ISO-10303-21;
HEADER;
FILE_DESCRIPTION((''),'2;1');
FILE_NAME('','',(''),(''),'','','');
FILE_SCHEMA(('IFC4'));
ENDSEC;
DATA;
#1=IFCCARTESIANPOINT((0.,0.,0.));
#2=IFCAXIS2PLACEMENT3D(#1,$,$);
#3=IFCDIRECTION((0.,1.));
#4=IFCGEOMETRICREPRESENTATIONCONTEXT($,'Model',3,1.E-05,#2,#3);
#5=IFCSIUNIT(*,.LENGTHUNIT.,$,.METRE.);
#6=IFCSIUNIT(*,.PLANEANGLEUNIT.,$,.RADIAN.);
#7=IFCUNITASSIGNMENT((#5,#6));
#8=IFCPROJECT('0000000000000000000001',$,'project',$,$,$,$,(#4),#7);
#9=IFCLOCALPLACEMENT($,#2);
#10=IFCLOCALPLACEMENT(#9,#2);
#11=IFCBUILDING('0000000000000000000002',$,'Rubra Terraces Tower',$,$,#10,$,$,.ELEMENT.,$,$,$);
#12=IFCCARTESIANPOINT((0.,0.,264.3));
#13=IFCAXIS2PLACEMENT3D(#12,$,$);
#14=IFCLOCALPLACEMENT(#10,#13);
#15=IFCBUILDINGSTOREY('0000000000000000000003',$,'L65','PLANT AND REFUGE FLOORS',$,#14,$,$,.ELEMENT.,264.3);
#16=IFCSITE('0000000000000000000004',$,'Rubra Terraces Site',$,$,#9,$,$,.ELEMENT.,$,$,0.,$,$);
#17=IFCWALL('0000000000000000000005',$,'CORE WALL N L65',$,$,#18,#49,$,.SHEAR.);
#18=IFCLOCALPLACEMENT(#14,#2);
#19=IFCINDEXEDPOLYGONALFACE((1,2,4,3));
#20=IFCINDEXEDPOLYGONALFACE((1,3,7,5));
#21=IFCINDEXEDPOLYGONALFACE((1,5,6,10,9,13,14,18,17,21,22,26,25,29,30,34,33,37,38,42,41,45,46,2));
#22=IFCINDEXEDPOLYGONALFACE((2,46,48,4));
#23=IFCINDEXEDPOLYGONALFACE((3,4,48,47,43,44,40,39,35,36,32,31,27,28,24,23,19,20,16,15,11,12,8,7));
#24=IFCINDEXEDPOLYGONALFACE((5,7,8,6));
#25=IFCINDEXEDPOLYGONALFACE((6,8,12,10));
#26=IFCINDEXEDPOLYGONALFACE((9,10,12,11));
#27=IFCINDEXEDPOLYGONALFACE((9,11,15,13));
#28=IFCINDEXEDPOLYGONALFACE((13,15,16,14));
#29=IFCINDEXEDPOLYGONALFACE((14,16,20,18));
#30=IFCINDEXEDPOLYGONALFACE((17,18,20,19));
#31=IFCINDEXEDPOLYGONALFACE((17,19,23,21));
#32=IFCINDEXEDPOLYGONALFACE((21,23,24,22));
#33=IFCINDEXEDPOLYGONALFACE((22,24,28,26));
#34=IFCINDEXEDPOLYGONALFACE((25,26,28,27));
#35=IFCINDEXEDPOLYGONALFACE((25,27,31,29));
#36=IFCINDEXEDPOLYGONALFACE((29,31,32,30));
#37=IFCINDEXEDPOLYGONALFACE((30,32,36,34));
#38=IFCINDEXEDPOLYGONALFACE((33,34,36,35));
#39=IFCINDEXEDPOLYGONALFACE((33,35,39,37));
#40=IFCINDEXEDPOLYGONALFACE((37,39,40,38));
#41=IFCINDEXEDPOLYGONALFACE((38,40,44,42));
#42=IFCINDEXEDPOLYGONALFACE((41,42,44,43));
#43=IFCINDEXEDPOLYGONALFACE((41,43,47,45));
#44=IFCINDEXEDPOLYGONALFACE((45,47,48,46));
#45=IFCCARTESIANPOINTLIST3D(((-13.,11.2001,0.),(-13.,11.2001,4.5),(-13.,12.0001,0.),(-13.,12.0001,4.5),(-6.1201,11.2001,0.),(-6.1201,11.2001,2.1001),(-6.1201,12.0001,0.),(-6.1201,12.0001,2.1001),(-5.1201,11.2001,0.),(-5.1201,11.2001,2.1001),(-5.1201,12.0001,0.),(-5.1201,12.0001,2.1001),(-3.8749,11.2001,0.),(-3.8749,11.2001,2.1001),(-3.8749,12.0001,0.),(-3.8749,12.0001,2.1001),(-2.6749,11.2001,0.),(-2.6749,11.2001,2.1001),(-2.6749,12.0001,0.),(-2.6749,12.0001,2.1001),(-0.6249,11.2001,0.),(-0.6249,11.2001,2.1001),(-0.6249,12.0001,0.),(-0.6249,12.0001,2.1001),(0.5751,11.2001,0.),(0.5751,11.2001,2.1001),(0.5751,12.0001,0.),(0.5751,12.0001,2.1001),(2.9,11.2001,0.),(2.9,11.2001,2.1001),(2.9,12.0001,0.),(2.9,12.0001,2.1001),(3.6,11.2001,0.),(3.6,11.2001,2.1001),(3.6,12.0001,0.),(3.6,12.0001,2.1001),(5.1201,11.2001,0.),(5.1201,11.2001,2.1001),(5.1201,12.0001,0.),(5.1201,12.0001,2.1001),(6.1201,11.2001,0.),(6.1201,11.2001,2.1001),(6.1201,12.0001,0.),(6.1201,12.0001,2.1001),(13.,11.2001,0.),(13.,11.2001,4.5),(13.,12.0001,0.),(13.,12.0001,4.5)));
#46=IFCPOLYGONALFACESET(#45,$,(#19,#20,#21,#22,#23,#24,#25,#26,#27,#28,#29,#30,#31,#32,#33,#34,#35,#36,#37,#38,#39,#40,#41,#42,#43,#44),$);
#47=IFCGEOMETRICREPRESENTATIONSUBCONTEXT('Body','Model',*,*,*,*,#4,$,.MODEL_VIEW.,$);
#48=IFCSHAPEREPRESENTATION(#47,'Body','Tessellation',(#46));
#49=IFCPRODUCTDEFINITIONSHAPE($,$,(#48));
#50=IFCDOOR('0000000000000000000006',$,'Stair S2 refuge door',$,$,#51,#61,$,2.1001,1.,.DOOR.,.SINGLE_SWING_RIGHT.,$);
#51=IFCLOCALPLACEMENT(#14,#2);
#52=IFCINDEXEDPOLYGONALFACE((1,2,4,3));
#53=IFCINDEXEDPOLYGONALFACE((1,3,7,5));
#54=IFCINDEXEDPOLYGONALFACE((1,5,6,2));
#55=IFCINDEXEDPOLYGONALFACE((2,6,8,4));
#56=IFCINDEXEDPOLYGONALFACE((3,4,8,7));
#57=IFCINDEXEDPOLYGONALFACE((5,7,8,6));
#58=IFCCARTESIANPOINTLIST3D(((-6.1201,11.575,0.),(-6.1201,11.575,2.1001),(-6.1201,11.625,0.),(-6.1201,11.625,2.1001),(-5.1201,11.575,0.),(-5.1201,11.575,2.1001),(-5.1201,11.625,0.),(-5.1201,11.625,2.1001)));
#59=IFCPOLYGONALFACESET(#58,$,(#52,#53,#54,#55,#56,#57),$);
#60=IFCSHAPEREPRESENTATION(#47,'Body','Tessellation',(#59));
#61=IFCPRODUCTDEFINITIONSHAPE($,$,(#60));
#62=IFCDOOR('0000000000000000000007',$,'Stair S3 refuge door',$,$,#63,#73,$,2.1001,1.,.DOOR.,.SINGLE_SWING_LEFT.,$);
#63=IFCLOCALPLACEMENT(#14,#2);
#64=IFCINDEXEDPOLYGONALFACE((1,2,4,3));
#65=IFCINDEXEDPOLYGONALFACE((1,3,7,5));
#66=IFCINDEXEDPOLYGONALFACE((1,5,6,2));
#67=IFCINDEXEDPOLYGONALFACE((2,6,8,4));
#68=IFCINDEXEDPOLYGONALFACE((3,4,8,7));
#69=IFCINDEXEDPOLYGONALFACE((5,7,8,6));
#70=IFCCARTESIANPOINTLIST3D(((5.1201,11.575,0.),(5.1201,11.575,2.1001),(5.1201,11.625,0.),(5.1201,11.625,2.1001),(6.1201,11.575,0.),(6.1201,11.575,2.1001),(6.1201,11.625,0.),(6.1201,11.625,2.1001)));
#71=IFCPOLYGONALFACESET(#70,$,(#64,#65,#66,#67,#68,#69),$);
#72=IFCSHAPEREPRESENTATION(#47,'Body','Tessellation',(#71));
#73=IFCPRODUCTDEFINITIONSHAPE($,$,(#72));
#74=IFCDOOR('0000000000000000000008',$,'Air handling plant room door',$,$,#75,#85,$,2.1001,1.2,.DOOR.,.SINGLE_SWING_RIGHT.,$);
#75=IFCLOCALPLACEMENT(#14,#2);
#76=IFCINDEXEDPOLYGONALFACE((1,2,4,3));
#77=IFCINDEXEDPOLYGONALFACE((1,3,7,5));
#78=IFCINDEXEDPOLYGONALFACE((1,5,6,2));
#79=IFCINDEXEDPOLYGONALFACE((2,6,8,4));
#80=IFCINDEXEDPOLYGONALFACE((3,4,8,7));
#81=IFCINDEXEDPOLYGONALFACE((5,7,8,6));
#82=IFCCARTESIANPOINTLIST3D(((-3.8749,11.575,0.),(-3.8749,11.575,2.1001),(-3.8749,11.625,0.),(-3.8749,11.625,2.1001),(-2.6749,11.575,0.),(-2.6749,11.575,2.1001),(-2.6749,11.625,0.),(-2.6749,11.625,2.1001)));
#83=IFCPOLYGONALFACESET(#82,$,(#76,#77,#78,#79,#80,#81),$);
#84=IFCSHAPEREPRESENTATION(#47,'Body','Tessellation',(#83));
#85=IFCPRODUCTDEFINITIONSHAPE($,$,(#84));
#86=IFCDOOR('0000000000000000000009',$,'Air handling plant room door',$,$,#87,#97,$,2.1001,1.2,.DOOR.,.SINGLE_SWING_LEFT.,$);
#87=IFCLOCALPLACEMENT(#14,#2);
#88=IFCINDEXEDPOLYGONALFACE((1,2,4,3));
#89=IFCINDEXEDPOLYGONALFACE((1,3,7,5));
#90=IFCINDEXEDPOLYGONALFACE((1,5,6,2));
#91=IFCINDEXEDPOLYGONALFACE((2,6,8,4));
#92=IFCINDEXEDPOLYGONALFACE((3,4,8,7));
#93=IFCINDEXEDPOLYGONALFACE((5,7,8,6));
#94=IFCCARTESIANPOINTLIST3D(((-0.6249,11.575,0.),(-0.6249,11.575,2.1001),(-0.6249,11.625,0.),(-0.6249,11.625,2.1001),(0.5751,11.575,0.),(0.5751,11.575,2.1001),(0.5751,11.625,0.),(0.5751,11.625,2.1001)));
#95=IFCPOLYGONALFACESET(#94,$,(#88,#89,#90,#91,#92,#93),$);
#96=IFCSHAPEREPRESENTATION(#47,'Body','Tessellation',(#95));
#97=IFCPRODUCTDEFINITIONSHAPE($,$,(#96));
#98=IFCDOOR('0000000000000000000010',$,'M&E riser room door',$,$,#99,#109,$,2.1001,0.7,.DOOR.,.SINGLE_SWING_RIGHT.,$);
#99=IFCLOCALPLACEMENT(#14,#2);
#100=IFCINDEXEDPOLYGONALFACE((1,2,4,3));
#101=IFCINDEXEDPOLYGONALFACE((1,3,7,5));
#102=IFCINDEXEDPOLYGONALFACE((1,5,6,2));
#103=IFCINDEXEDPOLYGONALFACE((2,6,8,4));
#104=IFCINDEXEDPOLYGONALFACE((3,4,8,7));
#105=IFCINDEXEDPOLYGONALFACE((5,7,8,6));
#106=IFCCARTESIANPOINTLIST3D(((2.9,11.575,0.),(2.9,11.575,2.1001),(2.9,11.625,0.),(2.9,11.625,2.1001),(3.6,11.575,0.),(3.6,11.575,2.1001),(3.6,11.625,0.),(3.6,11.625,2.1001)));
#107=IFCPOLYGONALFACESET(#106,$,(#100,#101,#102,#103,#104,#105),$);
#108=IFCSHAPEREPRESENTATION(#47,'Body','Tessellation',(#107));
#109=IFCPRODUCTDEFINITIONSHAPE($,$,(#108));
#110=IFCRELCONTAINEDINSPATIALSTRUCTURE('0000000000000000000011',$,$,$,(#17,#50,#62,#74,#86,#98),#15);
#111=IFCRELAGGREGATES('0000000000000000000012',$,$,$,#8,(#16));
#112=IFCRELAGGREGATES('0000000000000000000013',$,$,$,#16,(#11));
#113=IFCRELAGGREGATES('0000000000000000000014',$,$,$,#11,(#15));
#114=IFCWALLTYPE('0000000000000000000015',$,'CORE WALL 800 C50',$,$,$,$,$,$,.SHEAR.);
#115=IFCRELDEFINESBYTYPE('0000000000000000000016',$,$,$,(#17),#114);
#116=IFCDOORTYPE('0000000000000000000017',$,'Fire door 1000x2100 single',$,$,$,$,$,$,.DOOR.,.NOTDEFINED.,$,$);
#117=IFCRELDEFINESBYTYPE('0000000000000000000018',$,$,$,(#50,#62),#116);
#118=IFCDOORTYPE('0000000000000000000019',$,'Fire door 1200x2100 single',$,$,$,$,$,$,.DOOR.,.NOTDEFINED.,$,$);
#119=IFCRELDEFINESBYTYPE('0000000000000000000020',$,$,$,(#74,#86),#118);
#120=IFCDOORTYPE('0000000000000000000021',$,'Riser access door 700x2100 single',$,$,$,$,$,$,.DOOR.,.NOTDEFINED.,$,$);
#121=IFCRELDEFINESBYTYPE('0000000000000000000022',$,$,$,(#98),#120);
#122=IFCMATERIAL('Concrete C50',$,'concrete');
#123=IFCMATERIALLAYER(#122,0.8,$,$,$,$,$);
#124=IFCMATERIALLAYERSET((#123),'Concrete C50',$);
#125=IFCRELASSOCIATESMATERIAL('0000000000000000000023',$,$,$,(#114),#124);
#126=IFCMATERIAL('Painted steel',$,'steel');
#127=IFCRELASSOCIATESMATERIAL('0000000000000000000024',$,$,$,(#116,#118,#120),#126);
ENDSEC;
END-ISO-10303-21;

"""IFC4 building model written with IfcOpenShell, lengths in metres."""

from ifc_helpers import new_model, si_unit, direction, frame, frame_2d, origin, place, context, subcontext, project, spatial, rectangle, extrude, material, layer, layer_set, type_object, element, fill, save


model = new_model("IFC4")

# Units and contexts
model_context = context("Model", 3, precision=1e-05, world=origin(), true_north=direction((0.0, 1.0)))
body_context = subcontext(model_context, "Body", "Model", "MODEL_VIEW")
ifc_project = project(units=[si_unit("LENGTHUNIT", "METRE"), si_unit("PLANEANGLEUNIT", "RADIAN")], contexts=[model_context])

# Site, building, storey
site_placement = place(None, origin())
site = spatial("IfcSite", under=ifc_project, at=site_placement, Name="Rubra Terraces Site", CompositionType="ELEMENT", RefElevation=0.0)
building_placement = place(site_placement, origin())
building = spatial("IfcBuilding", under=site, at=building_placement, Name="Rubra Terraces Tower", CompositionType="ELEMENT")
storey_placement = place(building_placement, frame((0.0, 0.0, 264.3)))
storey = spatial("IfcBuildingStorey", under=building, at=storey_placement, Name="L65", Description="PLANT AND REFUGE FLOORS", CompositionType="ELEMENT", Elevation=264.3)

# Shared definitions
ifc_material_1 = material(Name="Concrete C50", Category="concrete")

# Wall, openings, doors
ifc_layer_1 = layer(ifc_material_1, 0.8)
ifc_layer_set_1 = layer_set([ifc_layer_1], Name="Concrete C50")
wall_type_1 = type_object("IfcWallType", Name="CORE WALL 800 C50", PredefinedType="SHEAR", material=ifc_layer_set_1)
wall_1_placement = place(storey_placement, frame((-13.0, 11.6001, 0.0), z_axis=(0.0, 0.0, 1.0), x_axis=(1.0, 0.0, 0.0)))
wall_1 = element("IfcWall", 1, at=wall_1_placement, inside=storey, type_object=wall_type_1, Name="CORE WALL N L65", PredefinedType="SHEAR", context=body_context, shape_type="SweptSolid", body=[
    extrude(rectangle(XDim=26.0, YDim=0.8, at=frame_2d((13.0, 0.0))), origin(), (0.0, 0.0, 1.0), 4.5),
])
opening_1_placement = place(wall_1_placement, frame((9.125, 0.0, 0.0)))
opening_1 = element("IfcOpeningElement", 2, at=opening_1_placement, cuts=wall_1, PredefinedType="OPENING", context=body_context, shape_type="SweptSolid", body=[
    extrude(rectangle(XDim=1.2, YDim=2.1001, at=frame_2d((0.6001, 1.05))), frame((0.0, 0.4099, 0.0), z_axis=(0.0, -1.0, 0.0), x_axis=(1.0, 0.0, 0.0)), (0.0, 0.0, 1.0), 0.8201),
])
opening_2_placement = place(wall_1_placement, frame((12.375, 0.0, 0.0)))
opening_2 = element("IfcOpeningElement", 3, at=opening_2_placement, cuts=wall_1, PredefinedType="OPENING", context=body_context, shape_type="SweptSolid", body=[
    extrude(rectangle(XDim=1.2, YDim=2.1001, at=frame_2d((0.6001, 1.05))), frame((0.0, 0.4099, 0.0), z_axis=(0.0, -1.0, 0.0), x_axis=(1.0, 0.0, 0.0)), (0.0, 0.0, 1.0), 0.8201),
])
opening_3_placement = place(wall_1_placement, frame((15.8999, 0.0, 0.0)))
opening_3 = element("IfcOpeningElement", 4, at=opening_3_placement, cuts=wall_1, PredefinedType="OPENING", context=body_context, shape_type="SweptSolid", body=[
    extrude(rectangle(XDim=0.7, YDim=2.1001, at=frame_2d((0.3501, 1.05))), frame((0.0, 0.4099, 0.0), z_axis=(0.0, -1.0, 0.0), x_axis=(1.0, 0.0, 0.0)), (0.0, 0.0, 1.0), 0.8201),
])
opening_4_placement = place(wall_1_placement, frame((6.8799, 0.0, 0.0)))
opening_4 = element("IfcOpeningElement", 5, at=opening_4_placement, cuts=wall_1, PredefinedType="OPENING", context=body_context, shape_type="SweptSolid", body=[
    extrude(rectangle(XDim=1.0, YDim=2.1001, at=frame_2d((0.5, 1.05))), frame((0.0, 0.4099, 0.0), z_axis=(0.0, -1.0, 0.0), x_axis=(1.0, 0.0, 0.0)), (0.0, 0.0, 1.0), 0.8201),
])
opening_5_placement = place(wall_1_placement, frame((18.1201, 0.0, 0.0)))
opening_5 = element("IfcOpeningElement", 6, at=opening_5_placement, cuts=wall_1, PredefinedType="OPENING", context=body_context, shape_type="SweptSolid", body=[
    extrude(rectangle(XDim=1.0, YDim=2.1001, at=frame_2d((0.5, 1.05))), frame((0.0, 0.4099, 0.0), z_axis=(0.0, -1.0, 0.0), x_axis=(1.0, 0.0, 0.0)), (0.0, 0.0, 1.0), 0.8201),
])
ifc_material_2 = material(Name="Painted steel", Category="steel")
door_type_1 = type_object("IfcDoorType", Name="Fire door 1000x2100 single", OperationType="NOTDEFINED", PredefinedType="DOOR", material=ifc_material_2)
door_1_placement = place(opening_4_placement, origin())
door_1 = element("IfcDoor", 7, at=door_1_placement, inside=storey, type_object=door_type_1, Name="Stair S2 refuge door", OperationType="SINGLE_SWING_RIGHT", OverallHeight=2.1001, OverallWidth=1.0, PredefinedType="DOOR", context=body_context, shape_type="SweptSolid", body=[
    extrude(rectangle(XDim=1.0, YDim=2.1001, at=frame_2d((0.5, 1.05))), frame((0.0, 0.0249, 0.0), z_axis=(0.0, -1.0, 0.0), x_axis=(1.0, 0.0, 0.0)), (0.0, 0.0, 1.0), 0.05),
])
fill(opening_4, door_1)
door_2_placement = place(opening_5_placement, origin())
door_2 = element("IfcDoor", 8, at=door_2_placement, inside=storey, type_object=door_type_1, Name="Stair S3 refuge door", OperationType="SINGLE_SWING_LEFT", OverallHeight=2.1001, OverallWidth=1.0, PredefinedType="DOOR", context=body_context, shape_type="SweptSolid", body=[
    extrude(rectangle(XDim=1.0, YDim=2.1001, at=frame_2d((0.5, 1.05))), frame((0.0, 0.0249, 0.0), z_axis=(0.0, -1.0, 0.0), x_axis=(1.0, 0.0, 0.0)), (0.0, 0.0, 1.0), 0.05),
])
fill(opening_5, door_2)
door_type_2 = type_object("IfcDoorType", Name="Fire door 1200x2100 single", OperationType="NOTDEFINED", PredefinedType="DOOR", material=ifc_material_2)
door_3_placement = place(opening_1_placement, origin())
door_3 = element("IfcDoor", 9, at=door_3_placement, inside=storey, type_object=door_type_2, Name="Air handling plant room door", OperationType="SINGLE_SWING_RIGHT", OverallHeight=2.1001, OverallWidth=1.2, PredefinedType="DOOR", context=body_context, shape_type="SweptSolid", body=[
    extrude(rectangle(XDim=1.2, YDim=2.1001, at=frame_2d((0.6001, 1.05))), frame((0.0, 0.0249, 0.0), z_axis=(0.0, -1.0, 0.0), x_axis=(1.0, 0.0, 0.0)), (0.0, 0.0, 1.0), 0.05),
])
fill(opening_1, door_3)
door_4_placement = place(opening_2_placement, origin())
door_4 = element("IfcDoor", 10, at=door_4_placement, inside=storey, type_object=door_type_2, Name="Air handling plant room door", OperationType="SINGLE_SWING_LEFT", OverallHeight=2.1001, OverallWidth=1.2, PredefinedType="DOOR", context=body_context, shape_type="SweptSolid", body=[
    extrude(rectangle(XDim=1.2, YDim=2.1001, at=frame_2d((0.6001, 1.05))), frame((0.0, 0.0249, 0.0), z_axis=(0.0, -1.0, 0.0), x_axis=(1.0, 0.0, 0.0)), (0.0, 0.0, 1.0), 0.05),
])
fill(opening_2, door_4)
door_type_3 = type_object("IfcDoorType", Name="Riser access door 700x2100 single", OperationType="NOTDEFINED", PredefinedType="DOOR", material=ifc_material_2)
door_5_placement = place(opening_3_placement, origin())
door_5 = element("IfcDoor", 11, at=door_5_placement, inside=storey, type_object=door_type_3, Name="M&E riser room door", OperationType="SINGLE_SWING_RIGHT", OverallHeight=2.1001, OverallWidth=0.7, PredefinedType="DOOR", context=body_context, shape_type="SweptSolid", body=[
    extrude(rectangle(XDim=0.7, YDim=2.1001, at=frame_2d((0.3501, 1.05))), frame((0.0, 0.0249, 0.0), z_axis=(0.0, -1.0, 0.0), x_axis=(1.0, 0.0, 0.0)), (0.0, 0.0, 1.0), 0.05),
])
fill(opening_3, door_5)

save(model, "model.ifc")
